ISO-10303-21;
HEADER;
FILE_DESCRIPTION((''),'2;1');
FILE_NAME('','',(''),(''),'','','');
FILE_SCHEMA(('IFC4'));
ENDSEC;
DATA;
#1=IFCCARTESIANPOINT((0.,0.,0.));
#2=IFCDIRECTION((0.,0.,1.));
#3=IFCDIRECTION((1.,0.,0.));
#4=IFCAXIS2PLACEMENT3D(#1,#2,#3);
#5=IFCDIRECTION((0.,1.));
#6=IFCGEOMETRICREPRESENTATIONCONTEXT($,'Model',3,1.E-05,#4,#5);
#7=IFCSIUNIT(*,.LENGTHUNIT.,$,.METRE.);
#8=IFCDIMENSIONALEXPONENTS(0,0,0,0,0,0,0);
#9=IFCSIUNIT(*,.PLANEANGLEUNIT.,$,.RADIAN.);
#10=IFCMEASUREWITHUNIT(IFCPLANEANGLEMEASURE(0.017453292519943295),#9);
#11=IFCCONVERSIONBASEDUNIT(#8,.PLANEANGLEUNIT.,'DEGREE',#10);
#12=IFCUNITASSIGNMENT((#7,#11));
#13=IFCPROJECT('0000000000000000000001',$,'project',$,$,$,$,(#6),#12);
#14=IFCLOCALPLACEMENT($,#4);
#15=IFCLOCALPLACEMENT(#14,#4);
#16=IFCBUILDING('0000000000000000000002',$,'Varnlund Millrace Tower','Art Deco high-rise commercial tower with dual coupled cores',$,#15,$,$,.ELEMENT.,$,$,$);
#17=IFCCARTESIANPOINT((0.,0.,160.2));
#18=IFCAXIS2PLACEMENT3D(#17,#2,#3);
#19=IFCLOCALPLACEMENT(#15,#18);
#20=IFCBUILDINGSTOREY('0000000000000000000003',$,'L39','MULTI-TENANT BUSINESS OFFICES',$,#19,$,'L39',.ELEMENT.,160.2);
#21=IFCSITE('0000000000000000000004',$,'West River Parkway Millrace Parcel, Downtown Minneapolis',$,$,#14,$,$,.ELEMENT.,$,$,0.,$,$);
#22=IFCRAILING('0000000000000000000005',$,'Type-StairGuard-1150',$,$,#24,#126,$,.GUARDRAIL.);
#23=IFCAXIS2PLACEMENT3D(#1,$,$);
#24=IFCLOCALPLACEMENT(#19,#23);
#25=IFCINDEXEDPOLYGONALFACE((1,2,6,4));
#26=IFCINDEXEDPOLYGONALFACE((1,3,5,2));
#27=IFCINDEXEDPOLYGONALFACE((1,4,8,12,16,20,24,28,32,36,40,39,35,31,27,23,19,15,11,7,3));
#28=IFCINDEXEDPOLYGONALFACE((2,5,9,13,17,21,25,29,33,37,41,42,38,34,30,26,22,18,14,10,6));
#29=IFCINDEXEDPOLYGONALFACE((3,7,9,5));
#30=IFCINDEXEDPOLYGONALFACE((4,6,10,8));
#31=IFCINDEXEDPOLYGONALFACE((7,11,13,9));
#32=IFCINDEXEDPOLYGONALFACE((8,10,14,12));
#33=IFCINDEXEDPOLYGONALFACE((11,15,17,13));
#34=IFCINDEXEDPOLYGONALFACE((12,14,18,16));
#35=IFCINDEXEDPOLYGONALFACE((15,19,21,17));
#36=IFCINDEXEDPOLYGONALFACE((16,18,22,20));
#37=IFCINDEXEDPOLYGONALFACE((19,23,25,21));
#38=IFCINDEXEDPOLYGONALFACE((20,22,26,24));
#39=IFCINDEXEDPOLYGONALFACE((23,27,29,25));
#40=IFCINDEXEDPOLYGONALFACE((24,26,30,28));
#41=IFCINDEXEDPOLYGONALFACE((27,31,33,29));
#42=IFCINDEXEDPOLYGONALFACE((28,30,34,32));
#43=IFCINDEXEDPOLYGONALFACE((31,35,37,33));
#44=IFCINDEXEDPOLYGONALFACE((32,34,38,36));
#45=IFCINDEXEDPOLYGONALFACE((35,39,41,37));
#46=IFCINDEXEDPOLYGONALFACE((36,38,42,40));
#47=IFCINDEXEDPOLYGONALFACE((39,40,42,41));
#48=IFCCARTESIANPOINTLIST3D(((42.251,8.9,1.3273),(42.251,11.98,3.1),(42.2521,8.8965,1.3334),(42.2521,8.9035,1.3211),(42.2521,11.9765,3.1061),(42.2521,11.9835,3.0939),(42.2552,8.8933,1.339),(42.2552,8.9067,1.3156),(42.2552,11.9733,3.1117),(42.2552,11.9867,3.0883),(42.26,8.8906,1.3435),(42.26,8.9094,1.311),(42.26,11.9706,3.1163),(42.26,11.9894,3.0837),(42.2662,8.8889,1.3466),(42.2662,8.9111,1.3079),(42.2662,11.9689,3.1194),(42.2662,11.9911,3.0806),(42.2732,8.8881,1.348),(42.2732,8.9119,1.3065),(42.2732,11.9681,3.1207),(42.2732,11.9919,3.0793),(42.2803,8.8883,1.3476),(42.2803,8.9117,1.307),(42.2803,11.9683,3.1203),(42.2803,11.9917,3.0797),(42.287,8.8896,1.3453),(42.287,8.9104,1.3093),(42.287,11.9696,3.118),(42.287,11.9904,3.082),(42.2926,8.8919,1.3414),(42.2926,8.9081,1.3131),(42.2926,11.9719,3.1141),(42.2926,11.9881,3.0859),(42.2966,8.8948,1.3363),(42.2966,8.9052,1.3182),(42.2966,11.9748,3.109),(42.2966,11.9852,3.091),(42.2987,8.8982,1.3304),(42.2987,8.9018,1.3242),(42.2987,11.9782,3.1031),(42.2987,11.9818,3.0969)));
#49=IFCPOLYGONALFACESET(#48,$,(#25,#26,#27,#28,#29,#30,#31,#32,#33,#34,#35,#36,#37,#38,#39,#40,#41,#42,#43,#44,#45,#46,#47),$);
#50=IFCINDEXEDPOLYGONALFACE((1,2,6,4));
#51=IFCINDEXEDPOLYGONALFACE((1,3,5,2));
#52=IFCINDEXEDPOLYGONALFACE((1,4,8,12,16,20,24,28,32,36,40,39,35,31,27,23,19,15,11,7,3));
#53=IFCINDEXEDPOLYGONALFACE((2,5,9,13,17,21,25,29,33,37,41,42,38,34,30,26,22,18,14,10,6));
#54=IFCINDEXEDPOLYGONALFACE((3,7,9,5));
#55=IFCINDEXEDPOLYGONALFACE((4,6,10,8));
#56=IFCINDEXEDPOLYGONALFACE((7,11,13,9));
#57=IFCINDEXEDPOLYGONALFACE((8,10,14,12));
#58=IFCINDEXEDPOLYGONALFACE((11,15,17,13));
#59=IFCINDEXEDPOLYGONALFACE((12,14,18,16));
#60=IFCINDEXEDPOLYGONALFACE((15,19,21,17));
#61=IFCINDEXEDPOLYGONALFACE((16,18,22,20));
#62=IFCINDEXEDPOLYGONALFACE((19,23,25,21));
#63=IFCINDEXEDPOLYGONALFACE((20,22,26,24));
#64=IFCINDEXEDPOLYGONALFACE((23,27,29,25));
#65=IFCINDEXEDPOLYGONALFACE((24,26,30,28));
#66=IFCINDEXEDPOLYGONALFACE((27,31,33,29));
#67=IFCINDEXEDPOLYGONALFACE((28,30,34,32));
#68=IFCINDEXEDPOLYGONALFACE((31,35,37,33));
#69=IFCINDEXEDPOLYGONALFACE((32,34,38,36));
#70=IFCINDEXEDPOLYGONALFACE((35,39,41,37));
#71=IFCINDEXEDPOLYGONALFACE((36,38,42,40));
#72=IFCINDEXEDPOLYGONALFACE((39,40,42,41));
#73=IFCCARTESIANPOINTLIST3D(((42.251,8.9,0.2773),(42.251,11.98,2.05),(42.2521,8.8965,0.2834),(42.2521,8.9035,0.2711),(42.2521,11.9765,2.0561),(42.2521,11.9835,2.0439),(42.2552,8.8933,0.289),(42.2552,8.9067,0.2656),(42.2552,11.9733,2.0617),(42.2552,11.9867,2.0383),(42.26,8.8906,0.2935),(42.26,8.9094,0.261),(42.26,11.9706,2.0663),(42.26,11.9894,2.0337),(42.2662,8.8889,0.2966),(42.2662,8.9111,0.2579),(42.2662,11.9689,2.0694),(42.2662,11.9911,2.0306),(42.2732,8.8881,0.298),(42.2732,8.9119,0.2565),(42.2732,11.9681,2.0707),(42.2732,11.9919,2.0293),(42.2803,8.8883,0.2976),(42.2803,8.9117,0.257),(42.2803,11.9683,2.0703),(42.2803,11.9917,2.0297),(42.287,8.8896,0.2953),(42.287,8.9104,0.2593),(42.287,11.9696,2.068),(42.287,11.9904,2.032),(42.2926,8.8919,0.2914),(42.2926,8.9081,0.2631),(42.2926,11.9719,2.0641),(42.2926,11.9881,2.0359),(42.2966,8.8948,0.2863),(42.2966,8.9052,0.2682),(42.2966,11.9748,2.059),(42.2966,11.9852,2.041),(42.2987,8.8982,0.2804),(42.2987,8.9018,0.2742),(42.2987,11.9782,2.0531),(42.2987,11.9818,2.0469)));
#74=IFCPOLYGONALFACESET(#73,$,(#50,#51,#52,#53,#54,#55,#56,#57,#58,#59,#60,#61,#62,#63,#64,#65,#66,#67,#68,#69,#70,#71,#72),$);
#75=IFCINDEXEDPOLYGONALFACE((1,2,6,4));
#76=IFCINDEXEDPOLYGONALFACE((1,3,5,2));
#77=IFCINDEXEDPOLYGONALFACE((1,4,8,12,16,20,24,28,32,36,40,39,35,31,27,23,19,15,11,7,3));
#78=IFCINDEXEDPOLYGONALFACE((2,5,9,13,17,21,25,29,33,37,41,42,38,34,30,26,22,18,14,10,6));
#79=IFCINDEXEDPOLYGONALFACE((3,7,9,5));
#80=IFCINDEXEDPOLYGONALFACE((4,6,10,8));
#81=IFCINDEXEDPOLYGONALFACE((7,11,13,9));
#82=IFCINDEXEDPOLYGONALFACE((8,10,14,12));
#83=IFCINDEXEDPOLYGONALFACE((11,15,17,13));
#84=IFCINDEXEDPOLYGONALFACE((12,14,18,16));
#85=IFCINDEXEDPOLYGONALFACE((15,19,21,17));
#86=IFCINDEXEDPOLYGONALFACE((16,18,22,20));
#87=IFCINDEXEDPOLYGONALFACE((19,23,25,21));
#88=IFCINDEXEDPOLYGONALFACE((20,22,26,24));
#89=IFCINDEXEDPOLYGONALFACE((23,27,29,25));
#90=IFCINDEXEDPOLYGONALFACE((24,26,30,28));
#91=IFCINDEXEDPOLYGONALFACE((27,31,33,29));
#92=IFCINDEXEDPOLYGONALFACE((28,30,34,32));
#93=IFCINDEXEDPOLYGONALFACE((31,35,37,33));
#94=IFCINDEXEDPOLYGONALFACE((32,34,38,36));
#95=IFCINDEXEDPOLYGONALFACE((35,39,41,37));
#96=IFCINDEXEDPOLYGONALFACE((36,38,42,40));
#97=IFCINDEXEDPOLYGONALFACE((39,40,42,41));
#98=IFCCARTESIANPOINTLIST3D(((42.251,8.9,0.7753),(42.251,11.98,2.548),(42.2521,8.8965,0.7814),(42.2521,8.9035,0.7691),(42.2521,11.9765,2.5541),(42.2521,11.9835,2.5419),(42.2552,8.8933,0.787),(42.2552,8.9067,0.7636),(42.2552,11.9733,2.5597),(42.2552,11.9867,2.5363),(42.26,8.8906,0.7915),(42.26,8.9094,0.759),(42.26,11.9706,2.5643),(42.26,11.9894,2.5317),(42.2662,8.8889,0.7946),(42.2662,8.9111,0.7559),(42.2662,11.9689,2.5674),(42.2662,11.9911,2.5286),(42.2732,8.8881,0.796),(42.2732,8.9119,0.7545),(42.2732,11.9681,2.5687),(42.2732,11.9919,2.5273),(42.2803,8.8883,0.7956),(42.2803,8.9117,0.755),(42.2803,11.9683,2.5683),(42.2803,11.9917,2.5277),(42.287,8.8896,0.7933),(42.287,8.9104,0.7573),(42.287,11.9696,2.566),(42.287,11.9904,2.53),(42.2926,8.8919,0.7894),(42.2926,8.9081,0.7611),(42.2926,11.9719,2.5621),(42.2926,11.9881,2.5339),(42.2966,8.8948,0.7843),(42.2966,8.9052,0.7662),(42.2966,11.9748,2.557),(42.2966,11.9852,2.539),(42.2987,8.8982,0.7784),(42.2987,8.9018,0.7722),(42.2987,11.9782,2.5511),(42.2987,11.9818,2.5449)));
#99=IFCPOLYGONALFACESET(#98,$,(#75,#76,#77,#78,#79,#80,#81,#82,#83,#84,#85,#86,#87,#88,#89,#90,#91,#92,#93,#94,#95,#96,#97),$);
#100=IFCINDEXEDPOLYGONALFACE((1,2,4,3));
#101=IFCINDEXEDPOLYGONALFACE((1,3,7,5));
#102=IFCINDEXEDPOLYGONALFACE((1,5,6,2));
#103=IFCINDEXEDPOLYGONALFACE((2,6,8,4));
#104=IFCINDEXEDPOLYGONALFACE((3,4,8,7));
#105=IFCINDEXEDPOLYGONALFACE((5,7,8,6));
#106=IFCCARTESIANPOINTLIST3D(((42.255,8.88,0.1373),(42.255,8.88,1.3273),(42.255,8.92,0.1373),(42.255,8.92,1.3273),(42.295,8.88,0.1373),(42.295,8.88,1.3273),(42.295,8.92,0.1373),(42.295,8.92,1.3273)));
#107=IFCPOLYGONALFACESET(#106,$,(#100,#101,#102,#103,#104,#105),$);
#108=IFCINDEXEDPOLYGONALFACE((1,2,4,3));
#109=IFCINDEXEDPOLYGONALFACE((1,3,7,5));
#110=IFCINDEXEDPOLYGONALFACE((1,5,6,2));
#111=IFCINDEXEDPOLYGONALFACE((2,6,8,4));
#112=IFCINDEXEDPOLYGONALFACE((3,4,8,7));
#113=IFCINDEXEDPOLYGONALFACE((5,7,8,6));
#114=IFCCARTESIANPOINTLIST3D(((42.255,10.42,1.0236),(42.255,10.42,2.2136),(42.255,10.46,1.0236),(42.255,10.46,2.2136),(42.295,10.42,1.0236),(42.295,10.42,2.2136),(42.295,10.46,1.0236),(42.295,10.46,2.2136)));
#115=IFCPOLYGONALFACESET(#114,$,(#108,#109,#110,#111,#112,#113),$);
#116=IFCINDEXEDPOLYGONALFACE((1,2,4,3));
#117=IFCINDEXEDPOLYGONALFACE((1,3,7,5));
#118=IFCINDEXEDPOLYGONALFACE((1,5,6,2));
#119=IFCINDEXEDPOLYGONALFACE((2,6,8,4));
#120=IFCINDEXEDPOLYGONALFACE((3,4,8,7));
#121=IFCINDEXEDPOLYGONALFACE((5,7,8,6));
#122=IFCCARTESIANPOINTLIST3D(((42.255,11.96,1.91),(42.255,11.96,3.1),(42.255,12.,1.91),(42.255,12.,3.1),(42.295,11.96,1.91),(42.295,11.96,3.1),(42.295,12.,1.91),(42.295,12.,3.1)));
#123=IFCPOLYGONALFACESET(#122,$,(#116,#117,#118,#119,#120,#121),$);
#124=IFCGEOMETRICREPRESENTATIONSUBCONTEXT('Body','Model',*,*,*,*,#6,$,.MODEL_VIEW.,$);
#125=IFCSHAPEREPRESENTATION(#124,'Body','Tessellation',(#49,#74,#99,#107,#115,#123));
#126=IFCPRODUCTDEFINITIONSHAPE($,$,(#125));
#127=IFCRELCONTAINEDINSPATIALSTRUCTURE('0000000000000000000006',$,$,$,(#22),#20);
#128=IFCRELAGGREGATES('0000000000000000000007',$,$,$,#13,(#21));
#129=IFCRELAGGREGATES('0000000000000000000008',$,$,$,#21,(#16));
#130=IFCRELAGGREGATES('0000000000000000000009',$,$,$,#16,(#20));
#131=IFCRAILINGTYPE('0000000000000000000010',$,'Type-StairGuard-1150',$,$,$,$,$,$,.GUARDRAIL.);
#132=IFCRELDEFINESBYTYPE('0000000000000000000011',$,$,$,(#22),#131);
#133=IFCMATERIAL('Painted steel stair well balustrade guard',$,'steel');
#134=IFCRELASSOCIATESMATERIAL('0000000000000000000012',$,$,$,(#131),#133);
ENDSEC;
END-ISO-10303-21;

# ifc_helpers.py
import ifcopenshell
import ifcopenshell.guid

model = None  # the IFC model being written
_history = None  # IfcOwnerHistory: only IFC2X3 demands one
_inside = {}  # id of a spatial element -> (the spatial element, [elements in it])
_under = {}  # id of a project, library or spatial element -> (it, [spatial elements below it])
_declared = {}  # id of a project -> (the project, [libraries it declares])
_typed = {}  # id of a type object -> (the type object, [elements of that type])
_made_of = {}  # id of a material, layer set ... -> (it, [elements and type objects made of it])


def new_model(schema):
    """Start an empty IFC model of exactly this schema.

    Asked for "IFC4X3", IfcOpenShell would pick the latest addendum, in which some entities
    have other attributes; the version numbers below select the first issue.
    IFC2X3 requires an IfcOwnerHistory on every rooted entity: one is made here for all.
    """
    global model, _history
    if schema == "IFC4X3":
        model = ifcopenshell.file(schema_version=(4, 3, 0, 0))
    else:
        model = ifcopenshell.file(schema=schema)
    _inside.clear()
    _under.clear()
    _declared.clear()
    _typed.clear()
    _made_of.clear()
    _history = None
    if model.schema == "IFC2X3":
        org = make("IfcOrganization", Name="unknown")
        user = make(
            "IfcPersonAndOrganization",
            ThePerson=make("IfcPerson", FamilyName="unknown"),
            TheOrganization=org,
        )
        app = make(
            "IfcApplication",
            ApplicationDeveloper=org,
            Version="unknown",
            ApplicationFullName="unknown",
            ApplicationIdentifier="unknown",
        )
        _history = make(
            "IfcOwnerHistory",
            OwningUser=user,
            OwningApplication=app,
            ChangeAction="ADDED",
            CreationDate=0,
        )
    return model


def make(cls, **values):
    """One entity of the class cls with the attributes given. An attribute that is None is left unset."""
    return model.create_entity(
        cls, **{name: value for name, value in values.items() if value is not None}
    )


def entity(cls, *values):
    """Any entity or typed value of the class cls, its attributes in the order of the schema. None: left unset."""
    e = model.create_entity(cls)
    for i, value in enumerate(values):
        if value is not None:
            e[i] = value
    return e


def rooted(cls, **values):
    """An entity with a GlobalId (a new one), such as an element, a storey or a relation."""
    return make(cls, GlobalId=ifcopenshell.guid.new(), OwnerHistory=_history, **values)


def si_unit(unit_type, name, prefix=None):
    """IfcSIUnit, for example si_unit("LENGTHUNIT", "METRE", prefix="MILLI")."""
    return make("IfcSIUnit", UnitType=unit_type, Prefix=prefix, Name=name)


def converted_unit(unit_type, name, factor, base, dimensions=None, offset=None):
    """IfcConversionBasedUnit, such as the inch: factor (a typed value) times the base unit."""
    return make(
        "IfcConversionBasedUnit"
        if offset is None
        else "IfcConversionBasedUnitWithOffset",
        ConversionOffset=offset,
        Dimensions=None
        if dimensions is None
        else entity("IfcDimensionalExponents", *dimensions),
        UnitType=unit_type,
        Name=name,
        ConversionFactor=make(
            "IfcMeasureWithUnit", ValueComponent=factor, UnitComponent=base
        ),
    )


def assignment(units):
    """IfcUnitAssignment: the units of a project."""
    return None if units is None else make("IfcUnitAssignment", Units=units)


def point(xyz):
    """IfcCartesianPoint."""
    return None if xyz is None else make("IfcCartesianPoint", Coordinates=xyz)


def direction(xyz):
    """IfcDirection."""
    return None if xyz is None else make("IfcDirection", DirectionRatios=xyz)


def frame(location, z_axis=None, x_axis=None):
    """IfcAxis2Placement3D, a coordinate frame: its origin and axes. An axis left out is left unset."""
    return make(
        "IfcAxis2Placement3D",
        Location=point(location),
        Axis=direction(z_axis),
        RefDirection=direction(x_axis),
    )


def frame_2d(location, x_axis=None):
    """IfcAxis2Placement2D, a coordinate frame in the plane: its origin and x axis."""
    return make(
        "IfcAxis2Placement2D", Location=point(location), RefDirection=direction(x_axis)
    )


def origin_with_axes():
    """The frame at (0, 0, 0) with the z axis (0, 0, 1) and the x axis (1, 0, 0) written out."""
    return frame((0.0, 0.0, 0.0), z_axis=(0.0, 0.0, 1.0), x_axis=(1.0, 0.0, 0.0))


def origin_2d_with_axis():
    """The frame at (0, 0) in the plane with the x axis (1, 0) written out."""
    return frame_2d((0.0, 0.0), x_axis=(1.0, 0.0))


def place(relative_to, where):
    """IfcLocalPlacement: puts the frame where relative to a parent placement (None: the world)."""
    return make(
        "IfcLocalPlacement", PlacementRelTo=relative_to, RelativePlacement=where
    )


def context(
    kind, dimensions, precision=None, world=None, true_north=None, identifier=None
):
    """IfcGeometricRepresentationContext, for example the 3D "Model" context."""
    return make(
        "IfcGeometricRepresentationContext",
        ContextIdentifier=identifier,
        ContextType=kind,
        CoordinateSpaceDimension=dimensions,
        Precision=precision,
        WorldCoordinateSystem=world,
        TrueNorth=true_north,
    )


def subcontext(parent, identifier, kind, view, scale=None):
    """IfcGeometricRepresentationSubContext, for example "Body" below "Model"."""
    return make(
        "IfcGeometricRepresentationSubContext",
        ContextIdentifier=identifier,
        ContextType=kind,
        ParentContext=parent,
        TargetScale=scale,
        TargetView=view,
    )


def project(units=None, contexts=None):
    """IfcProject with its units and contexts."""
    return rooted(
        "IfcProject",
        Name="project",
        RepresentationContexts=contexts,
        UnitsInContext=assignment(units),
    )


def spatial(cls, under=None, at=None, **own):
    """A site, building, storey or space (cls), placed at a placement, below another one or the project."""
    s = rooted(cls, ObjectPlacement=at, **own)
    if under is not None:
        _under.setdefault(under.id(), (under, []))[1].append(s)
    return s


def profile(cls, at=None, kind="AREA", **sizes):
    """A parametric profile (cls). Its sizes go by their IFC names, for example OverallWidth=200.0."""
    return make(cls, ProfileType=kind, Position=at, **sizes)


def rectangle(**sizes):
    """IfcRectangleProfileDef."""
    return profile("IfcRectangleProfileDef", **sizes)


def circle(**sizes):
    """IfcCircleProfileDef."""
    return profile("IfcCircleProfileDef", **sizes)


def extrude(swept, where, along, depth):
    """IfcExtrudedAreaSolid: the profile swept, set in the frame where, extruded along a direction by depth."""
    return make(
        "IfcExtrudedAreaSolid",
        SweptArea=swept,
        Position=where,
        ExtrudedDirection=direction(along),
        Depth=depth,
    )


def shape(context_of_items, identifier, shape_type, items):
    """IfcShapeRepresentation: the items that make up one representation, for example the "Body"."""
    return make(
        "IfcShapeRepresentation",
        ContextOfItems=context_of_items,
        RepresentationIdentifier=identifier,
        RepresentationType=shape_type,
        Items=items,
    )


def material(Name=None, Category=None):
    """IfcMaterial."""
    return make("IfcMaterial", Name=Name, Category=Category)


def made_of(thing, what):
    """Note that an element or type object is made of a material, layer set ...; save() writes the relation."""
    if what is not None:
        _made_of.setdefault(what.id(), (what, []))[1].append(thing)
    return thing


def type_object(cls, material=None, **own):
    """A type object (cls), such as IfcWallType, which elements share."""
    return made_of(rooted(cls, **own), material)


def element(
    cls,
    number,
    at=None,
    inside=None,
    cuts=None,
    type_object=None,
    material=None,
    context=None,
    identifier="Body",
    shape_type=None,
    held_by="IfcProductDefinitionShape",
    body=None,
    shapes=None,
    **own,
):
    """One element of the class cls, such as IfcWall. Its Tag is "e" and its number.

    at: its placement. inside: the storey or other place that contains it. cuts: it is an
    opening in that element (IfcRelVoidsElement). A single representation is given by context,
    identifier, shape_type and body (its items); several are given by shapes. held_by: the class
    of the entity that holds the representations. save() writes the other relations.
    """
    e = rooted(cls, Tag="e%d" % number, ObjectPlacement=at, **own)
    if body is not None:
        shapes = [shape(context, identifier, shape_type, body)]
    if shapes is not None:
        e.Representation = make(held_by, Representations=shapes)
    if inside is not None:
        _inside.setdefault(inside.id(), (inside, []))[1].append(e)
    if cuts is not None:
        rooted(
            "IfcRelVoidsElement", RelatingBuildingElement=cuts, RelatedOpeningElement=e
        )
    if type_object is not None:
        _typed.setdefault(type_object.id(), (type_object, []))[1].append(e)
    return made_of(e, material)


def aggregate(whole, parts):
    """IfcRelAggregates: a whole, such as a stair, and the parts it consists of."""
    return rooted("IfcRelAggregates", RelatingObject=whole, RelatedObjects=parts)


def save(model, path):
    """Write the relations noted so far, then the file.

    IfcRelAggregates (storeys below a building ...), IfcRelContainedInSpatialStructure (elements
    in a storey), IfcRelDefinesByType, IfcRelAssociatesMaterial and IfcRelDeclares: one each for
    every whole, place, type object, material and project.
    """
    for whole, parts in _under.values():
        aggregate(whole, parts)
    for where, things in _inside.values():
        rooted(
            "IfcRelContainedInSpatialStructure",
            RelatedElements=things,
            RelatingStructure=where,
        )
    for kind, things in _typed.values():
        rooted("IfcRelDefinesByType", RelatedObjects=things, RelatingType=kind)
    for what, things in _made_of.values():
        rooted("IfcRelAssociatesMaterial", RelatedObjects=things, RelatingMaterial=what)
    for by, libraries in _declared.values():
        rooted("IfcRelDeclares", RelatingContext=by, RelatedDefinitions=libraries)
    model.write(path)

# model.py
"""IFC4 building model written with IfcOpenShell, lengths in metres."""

from ifc_helpers import new_model, entity, si_unit, converted_unit, direction, frame, origin_with_axes, origin_2d_with_axis, place, context, subcontext, project, spatial, rectangle, circle, extrude, material, type_object, element, save


model = new_model("IFC4")

# Units and contexts
model_context = context("Model", 3, precision=1e-05, world=origin_with_axes(), true_north=direction((0.0, 1.0)))
body_context = subcontext(model_context, "Body", "Model", "MODEL_VIEW")
ifc_project = project(units=[si_unit("LENGTHUNIT", "METRE"), converted_unit("PLANEANGLEUNIT", "DEGREE", entity("IfcPlaneAngleMeasure", 0.017453292519943295), si_unit("PLANEANGLEUNIT", "RADIAN"), dimensions=[0, 0, 0, 0, 0, 0, 0])], contexts=[model_context])

# Site, building, storey
site_placement = place(None, origin_with_axes())
site = spatial("IfcSite", under=ifc_project, at=site_placement, Name="West River Parkway Millrace Parcel, Downtown Minneapolis", CompositionType="ELEMENT", RefElevation=0.0)
building_placement = place(site_placement, origin_with_axes())
building = spatial("IfcBuilding", under=site, at=building_placement, Name="Varnlund Millrace Tower", Description="Art Deco high-rise commercial tower with dual coupled cores", CompositionType="ELEMENT")
storey_placement = place(building_placement, frame((0.0, 0.0, 160.2), z_axis=(0.0, 0.0, 1.0), x_axis=(1.0, 0.0, 0.0)))
storey = spatial("IfcBuildingStorey", under=building, at=storey_placement, Name="L39", Description="MULTI-TENANT BUSINESS OFFICES", LongName="L39", CompositionType="ELEMENT", Elevation=160.2)

# Railing
ifc_material_1 = material(Name="Painted steel stair well balustrade guard", Category="steel")
railing_type_1 = type_object("IfcRailingType", Name="Type-StairGuard-1150", PredefinedType="GUARDRAIL", material=ifc_material_1)
railing_1_placement = place(storey_placement, frame((0.0, 0.0, -160.2), z_axis=(0.0, 0.0, 1.0), x_axis=(1.0, 0.0, 0.0)))
element("IfcRailing", 1, at=railing_1_placement, inside=storey, type_object=railing_type_1, Name="Type-StairGuard-1150", PredefinedType="GUARDRAIL", context=body_context, shape_type="SweptSolid", body=[
    extrude(circle(Radius=0.024, at=origin_2d_with_axis()), frame((42.275, 8.9, 161.5273), z_axis=(0.0, 0.866696, 0.498836), x_axis=(-1.0, 0.0, 0.0)), (0.0, 0.0, 1.0), 3.5537),
    extrude(circle(Radius=0.024, at=origin_2d_with_axis()), frame((42.275, 8.9, 160.4773), z_axis=(0.0, 0.866696, 0.498836), x_axis=(-1.0, 0.0, 0.0)), (0.0, 0.0, 1.0), 3.5537),
    extrude(circle(Radius=0.024, at=origin_2d_with_axis()), frame((42.275, 8.9, 160.9753), z_axis=(0.0, 0.866696, 0.498836), x_axis=(-1.0, 0.0, 0.0)), (0.0, 0.0, 1.0), 3.5537),
    extrude(rectangle(XDim=0.04, YDim=0.04, at=origin_2d_with_axis()), frame((42.275, 8.9, 160.3373), z_axis=(0.0, 0.0, 1.0), x_axis=(1.0, 0.0, 0.0)), (0.0, 0.0, 1.0), 1.19),
    extrude(rectangle(XDim=0.04, YDim=0.04, at=origin_2d_with_axis()), frame((42.275, 10.44, 161.2236), z_axis=(0.0, 0.0, 1.0), x_axis=(1.0, 0.0, 0.0)), (0.0, 0.0, 1.0), 1.19),
    extrude(rectangle(XDim=0.04, YDim=0.04, at=origin_2d_with_axis()), frame((42.275, 11.98, 162.11), z_axis=(0.0, 0.0, 1.0), x_axis=(1.0, 0.0, 0.0)), (0.0, 0.0, 1.0), 1.19),
])

save(model, "model.ifc")
